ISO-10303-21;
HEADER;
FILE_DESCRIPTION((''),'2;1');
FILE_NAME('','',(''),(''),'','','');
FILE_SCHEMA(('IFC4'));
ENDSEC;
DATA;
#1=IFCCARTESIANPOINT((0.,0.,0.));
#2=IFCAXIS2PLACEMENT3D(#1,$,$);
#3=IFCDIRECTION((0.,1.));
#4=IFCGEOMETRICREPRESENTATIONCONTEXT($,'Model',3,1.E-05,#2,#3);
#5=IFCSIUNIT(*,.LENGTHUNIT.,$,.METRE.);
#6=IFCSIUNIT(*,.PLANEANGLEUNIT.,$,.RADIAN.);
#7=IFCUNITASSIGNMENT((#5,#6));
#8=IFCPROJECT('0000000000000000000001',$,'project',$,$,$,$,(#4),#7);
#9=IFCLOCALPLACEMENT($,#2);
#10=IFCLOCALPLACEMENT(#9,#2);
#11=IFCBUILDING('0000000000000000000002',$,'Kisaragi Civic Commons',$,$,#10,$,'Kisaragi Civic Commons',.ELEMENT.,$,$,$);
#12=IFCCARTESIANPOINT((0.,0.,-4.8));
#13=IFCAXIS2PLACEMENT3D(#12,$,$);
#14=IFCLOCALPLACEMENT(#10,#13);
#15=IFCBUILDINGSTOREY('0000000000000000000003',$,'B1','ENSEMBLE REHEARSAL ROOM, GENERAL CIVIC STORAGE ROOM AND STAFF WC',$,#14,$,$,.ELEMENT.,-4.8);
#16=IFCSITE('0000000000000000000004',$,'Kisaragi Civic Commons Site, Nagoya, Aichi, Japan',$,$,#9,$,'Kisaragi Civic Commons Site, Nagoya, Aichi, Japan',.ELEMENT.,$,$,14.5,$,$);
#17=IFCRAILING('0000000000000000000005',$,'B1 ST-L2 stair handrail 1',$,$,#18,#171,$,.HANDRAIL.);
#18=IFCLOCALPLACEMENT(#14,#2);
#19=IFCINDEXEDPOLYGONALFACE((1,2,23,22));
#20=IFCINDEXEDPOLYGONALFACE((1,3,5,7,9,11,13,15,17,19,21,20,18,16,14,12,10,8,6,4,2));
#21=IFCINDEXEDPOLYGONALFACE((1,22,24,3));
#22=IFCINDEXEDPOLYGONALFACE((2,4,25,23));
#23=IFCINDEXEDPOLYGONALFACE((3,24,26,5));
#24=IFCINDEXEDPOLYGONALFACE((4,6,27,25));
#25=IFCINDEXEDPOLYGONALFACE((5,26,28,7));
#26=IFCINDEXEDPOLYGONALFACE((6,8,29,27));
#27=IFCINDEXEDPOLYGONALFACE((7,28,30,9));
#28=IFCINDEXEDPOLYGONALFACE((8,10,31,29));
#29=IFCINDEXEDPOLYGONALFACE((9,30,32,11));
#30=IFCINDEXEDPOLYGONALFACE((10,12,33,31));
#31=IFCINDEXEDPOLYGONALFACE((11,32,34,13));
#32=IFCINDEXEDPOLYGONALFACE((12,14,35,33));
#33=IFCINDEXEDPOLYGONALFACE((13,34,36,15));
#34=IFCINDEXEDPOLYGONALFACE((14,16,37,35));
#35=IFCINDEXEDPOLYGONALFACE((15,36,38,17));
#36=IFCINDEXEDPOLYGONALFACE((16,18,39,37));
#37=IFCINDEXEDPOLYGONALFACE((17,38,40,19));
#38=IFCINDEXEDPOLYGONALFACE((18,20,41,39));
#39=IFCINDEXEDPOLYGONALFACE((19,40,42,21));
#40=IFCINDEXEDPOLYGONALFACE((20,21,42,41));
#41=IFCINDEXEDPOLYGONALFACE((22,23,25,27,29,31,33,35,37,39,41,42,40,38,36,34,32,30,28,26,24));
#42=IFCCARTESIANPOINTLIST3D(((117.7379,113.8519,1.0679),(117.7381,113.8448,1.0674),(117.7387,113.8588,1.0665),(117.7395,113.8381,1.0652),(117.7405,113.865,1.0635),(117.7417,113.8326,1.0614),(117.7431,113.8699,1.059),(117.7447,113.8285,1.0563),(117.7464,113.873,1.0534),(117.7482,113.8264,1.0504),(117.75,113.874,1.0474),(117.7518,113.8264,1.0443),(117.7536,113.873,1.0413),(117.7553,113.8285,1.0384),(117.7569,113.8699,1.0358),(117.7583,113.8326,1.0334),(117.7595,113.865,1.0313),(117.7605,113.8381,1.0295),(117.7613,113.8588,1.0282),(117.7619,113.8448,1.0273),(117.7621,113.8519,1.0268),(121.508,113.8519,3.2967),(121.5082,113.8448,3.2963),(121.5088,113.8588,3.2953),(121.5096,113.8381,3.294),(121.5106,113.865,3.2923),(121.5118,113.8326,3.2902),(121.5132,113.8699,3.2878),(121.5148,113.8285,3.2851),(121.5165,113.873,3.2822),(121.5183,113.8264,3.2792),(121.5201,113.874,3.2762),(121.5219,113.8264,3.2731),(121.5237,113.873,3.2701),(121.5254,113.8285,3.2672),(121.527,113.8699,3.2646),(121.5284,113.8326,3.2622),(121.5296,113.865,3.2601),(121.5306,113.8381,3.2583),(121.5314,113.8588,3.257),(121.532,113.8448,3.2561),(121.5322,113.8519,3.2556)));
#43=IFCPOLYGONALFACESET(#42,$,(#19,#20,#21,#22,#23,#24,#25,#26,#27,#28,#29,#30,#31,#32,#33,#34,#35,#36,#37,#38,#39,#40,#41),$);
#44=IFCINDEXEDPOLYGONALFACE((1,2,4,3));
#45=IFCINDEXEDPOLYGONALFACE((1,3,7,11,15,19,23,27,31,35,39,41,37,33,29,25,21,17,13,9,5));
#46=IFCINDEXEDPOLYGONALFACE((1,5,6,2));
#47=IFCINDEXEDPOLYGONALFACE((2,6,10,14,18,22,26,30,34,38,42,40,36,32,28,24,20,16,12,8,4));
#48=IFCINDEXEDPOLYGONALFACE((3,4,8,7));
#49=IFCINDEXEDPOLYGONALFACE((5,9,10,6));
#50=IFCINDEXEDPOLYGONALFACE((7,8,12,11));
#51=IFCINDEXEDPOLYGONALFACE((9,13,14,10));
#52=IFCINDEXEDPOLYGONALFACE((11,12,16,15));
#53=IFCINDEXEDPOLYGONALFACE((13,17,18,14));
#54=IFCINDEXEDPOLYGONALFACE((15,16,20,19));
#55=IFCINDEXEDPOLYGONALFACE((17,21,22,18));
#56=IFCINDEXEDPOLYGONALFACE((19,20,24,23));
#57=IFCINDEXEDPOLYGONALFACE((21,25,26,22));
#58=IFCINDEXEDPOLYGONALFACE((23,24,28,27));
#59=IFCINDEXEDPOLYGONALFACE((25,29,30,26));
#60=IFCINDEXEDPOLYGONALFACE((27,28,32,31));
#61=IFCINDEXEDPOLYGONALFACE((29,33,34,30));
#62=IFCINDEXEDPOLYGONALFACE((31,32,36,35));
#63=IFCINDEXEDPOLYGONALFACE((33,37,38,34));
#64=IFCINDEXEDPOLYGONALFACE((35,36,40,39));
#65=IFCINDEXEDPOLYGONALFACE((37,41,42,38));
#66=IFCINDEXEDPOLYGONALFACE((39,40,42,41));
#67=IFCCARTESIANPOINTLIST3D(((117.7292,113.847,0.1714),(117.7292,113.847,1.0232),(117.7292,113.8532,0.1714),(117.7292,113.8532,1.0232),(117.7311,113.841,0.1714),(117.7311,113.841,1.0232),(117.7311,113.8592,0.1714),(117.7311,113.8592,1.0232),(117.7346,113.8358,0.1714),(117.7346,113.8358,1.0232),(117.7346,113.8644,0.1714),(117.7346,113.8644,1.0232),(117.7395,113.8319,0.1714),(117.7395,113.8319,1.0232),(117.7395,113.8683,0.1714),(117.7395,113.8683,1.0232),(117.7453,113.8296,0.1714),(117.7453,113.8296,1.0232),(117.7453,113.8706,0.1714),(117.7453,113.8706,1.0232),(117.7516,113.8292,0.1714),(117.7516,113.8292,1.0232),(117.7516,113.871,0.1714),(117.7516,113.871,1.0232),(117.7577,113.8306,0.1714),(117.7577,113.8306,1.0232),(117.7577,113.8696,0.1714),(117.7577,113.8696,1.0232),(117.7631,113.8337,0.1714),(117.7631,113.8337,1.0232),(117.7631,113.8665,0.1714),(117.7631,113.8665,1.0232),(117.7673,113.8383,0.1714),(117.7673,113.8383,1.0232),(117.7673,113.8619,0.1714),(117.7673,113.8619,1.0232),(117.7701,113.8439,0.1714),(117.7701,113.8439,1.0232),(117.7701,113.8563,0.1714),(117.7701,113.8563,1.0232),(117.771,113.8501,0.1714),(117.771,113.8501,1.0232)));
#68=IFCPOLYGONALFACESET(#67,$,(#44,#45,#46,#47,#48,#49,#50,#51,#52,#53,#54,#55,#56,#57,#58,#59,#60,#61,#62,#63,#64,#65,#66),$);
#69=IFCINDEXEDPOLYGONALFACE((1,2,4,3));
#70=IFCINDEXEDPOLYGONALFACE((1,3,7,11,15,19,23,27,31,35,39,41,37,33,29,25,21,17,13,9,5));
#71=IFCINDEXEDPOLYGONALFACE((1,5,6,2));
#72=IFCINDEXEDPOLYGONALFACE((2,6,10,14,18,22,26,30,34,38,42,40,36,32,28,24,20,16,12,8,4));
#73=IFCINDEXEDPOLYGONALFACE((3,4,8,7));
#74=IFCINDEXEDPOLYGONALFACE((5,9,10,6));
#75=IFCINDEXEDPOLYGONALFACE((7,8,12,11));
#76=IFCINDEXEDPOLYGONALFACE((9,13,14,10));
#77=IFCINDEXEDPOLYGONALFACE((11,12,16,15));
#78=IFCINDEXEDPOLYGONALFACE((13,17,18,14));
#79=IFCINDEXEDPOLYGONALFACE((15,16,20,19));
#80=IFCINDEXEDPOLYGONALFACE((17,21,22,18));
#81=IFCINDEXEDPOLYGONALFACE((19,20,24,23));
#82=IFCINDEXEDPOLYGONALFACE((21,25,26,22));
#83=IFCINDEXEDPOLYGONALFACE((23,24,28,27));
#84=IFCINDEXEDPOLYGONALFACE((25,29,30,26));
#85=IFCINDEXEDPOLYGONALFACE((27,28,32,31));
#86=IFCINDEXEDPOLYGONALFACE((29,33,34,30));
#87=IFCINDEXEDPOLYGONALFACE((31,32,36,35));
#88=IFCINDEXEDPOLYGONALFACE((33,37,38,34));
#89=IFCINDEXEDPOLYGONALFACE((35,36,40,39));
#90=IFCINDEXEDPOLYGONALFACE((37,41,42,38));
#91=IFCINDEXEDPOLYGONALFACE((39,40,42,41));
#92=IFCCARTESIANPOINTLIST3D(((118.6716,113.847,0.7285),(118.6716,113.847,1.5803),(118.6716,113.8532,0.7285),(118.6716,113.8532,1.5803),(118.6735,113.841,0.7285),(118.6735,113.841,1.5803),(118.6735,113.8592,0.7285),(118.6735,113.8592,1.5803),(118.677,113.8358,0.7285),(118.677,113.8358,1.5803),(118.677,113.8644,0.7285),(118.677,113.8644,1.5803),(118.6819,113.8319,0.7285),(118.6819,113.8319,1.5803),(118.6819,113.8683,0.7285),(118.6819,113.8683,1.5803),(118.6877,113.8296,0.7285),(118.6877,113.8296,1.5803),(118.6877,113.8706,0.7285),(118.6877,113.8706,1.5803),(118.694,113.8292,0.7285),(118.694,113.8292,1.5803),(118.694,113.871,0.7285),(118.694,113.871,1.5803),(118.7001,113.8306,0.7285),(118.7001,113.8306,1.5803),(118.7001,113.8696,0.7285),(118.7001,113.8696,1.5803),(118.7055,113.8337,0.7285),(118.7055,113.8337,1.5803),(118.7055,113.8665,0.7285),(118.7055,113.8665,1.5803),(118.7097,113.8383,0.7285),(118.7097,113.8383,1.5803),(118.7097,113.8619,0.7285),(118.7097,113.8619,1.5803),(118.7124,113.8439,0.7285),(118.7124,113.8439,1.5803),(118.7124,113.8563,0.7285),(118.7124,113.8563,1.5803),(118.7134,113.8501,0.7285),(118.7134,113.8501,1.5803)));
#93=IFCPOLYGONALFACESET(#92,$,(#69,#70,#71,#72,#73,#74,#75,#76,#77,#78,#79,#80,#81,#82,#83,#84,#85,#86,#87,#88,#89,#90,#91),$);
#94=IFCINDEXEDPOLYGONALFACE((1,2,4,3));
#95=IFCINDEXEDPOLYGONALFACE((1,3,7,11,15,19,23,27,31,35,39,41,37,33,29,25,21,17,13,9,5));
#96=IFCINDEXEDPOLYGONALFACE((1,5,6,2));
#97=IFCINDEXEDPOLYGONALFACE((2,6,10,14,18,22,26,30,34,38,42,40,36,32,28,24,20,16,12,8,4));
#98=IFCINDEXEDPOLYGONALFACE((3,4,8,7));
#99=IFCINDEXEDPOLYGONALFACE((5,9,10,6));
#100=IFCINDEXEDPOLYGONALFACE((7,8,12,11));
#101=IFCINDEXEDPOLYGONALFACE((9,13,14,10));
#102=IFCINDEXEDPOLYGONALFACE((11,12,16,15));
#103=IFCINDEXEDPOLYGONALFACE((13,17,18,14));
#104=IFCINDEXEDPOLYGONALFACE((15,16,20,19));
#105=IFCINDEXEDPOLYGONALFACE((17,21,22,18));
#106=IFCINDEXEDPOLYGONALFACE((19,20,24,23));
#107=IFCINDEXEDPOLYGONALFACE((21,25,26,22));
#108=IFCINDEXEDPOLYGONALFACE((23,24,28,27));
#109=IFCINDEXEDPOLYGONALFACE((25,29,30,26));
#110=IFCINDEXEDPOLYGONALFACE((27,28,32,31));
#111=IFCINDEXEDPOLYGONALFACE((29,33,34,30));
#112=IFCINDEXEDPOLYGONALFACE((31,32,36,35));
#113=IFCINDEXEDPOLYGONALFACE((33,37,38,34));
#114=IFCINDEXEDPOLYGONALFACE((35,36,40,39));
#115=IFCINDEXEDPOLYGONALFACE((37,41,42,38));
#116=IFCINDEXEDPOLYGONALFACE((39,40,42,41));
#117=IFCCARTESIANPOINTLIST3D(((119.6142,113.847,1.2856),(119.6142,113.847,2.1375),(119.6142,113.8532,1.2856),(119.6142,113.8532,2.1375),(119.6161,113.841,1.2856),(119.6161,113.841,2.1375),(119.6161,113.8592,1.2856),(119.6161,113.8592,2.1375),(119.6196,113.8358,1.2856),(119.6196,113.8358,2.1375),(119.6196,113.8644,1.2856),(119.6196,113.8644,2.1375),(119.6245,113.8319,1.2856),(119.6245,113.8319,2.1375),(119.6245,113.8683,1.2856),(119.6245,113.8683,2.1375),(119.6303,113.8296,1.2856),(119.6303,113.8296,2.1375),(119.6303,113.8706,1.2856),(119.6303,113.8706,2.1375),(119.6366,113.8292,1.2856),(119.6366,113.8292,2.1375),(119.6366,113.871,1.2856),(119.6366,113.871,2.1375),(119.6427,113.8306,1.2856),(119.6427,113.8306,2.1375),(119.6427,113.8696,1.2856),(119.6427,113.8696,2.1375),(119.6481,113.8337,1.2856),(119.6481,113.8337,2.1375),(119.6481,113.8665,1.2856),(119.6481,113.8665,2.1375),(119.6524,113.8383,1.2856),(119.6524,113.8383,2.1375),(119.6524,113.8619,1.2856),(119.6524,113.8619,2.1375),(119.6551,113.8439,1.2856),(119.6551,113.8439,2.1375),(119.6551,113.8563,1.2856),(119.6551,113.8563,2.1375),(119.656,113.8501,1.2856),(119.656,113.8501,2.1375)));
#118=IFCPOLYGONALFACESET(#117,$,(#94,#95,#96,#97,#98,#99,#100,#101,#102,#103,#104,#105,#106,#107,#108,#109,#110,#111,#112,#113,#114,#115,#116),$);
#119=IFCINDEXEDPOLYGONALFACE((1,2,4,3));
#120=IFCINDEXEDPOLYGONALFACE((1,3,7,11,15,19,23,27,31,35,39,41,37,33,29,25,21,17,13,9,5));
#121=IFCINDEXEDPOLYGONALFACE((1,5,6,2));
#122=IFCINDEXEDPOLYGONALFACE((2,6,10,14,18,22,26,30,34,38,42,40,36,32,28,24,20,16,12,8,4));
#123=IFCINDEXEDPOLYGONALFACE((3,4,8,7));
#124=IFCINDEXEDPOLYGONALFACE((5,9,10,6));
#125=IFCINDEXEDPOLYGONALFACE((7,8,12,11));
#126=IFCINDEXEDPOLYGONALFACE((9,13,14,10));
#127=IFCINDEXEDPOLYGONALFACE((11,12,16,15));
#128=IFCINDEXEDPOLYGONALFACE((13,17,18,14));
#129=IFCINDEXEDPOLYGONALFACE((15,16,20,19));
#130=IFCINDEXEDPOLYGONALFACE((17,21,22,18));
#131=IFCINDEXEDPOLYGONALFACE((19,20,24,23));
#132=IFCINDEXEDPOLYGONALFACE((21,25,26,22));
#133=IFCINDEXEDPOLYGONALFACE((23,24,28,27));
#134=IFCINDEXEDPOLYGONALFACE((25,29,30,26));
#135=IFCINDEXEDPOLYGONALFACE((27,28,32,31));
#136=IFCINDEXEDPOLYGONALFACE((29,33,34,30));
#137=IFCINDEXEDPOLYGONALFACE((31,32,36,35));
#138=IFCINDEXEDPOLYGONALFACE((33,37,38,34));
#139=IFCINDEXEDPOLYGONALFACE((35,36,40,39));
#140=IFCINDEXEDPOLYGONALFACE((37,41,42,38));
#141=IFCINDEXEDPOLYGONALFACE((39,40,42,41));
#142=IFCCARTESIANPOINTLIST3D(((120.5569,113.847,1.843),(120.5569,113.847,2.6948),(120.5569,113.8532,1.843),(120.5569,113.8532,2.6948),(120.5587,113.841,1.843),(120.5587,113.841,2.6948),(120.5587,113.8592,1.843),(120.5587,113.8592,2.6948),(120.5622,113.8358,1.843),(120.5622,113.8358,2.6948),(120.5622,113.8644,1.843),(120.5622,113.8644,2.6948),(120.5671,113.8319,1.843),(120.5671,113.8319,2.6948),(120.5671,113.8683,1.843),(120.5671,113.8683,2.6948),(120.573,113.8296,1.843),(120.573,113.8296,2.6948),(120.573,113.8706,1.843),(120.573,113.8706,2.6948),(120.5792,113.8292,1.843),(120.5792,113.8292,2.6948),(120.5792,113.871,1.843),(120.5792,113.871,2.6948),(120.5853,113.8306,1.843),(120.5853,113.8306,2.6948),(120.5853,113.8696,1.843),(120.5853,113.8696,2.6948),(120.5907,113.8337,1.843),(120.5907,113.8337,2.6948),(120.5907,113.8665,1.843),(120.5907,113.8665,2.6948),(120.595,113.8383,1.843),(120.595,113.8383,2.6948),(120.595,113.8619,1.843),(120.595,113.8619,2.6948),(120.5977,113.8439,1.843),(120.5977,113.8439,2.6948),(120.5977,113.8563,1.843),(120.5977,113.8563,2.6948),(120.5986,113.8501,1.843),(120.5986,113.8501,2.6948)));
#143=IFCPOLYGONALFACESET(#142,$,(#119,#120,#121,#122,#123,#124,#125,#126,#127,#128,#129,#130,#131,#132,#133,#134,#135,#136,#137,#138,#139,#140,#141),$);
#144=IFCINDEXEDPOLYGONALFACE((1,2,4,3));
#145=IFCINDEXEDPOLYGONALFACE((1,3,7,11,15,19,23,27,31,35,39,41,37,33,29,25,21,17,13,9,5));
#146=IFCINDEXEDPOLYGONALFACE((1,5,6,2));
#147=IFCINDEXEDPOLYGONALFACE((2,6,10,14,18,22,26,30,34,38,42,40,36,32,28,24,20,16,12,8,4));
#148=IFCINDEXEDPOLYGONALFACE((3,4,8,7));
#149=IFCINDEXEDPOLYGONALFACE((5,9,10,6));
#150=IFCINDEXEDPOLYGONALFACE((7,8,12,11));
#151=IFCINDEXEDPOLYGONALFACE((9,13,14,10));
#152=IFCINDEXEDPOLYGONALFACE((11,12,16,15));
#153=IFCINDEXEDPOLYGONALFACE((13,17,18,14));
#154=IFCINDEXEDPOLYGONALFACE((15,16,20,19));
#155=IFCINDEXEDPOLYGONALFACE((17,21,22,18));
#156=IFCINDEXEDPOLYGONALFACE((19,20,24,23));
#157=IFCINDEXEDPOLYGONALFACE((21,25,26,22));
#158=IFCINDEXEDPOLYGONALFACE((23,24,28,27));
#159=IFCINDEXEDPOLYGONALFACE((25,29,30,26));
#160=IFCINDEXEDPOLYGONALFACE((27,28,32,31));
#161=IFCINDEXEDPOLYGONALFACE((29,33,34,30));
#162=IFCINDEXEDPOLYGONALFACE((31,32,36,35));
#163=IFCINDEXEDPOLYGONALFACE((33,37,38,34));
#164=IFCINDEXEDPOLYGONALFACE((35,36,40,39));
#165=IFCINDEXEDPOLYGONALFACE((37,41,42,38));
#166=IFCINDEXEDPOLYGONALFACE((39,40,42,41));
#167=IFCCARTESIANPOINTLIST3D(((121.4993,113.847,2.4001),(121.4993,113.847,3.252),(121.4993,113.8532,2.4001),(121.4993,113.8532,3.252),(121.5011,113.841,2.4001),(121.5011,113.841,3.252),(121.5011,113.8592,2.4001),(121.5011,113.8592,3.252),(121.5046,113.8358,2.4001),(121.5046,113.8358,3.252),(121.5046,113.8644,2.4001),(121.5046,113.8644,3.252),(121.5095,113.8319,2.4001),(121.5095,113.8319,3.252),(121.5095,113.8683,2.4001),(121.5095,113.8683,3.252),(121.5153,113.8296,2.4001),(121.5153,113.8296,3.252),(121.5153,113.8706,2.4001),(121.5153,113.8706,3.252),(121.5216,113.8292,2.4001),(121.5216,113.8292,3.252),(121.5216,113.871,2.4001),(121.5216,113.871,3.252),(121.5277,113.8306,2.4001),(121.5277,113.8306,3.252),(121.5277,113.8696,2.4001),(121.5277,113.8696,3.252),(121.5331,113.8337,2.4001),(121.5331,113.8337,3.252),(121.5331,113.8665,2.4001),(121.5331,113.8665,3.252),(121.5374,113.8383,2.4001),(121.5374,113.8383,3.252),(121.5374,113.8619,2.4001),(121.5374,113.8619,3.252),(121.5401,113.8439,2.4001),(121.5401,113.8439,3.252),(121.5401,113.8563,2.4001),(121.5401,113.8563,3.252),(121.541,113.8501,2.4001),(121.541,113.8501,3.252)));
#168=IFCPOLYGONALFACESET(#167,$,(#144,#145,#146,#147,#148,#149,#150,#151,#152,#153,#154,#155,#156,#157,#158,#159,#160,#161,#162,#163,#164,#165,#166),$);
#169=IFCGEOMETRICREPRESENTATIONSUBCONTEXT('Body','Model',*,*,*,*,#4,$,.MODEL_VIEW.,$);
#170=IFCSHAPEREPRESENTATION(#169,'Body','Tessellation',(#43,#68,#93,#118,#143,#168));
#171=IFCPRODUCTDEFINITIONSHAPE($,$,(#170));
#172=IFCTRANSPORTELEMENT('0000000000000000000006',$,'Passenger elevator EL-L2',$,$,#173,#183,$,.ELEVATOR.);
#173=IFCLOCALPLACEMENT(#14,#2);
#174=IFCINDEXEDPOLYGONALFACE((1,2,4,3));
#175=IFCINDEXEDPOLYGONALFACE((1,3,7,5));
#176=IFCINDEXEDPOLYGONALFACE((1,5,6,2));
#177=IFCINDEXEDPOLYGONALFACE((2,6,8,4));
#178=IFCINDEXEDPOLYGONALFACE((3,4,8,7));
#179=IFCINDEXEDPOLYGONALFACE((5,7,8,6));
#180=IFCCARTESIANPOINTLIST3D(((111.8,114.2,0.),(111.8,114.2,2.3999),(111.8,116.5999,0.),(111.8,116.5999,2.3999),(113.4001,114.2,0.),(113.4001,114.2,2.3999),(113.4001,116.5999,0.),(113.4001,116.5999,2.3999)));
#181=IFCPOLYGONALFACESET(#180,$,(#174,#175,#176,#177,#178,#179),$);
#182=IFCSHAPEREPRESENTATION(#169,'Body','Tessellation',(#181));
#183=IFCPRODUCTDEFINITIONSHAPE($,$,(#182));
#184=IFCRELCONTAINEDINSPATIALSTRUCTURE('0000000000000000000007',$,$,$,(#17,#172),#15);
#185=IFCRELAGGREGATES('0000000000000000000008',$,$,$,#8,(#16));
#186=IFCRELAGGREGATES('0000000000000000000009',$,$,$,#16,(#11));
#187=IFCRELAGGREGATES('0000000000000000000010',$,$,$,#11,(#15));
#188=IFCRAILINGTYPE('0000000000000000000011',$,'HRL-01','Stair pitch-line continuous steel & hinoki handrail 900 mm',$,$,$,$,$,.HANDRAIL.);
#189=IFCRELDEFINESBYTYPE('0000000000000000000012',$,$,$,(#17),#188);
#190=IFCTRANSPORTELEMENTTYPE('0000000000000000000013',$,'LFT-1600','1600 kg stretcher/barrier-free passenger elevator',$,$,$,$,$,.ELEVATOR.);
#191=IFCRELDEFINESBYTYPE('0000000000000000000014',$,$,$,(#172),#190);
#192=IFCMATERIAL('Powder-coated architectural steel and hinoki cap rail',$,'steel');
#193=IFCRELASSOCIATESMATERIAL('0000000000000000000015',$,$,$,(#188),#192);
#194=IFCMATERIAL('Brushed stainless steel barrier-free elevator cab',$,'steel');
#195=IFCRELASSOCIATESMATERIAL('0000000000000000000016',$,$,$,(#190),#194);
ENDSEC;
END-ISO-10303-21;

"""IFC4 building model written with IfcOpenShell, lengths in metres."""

from ifc_helpers import new_model, si_unit, direction, frame, origin, origin_2d, place, context, subcontext, project, spatial, rectangle, circle, extrude, material, type_object, element, save


model = new_model("IFC4")

# Units and contexts
model_context = context("Model", 3, precision=1e-05, world=origin(), true_north=direction((0.0, 1.0)))
body_context = subcontext(model_context, "Body", "Model", "MODEL_VIEW")
ifc_project = project(units=[si_unit("LENGTHUNIT", "METRE"), si_unit("PLANEANGLEUNIT", "RADIAN")], contexts=[model_context])

# Site, building, storey
site_placement = place(None, origin())
site = spatial("IfcSite", under=ifc_project, at=site_placement, Name="Kisaragi Civic Commons Site, Nagoya, Aichi, Japan", LongName="Kisaragi Civic Commons Site, Nagoya, Aichi, Japan", CompositionType="ELEMENT", RefElevation=14.5)
building_placement = place(site_placement, origin())
building = spatial("IfcBuilding", under=site, at=building_placement, Name="Kisaragi Civic Commons", LongName="Kisaragi Civic Commons", CompositionType="ELEMENT")
storey_placement = place(building_placement, frame((0.0, 0.0, -4.8)))
storey = spatial("IfcBuildingStorey", under=building, at=storey_placement, Name="B1", Description="ENSEMBLE REHEARSAL ROOM, GENERAL CIVIC STORAGE ROOM AND STAFF WC", CompositionType="ELEMENT", Elevation=-4.8)

# Railing
ifc_material_1 = material(Name="Powder-coated architectural steel and hinoki cap rail", Category="steel")
railing_type_1 = type_object("IfcRailingType", Name="HRL-01", Description="Stair pitch-line continuous steel & hinoki handrail 900 mm", PredefinedType="HANDRAIL", material=ifc_material_1)
railing_1_placement = place(storey_placement, frame((117.75, 113.8501, 0.1714)))
element("IfcRailing", 1, at=railing_1_placement, inside=storey, type_object=railing_type_1, Name="B1 ST-L2 stair handrail 1", PredefinedType="HANDRAIL", context=body_context, shape_type="SweptSolid", body=[
    extrude(circle(Radius=0.0239, at=origin_2d()), frame((0.0, 0.0, 0.876), z_axis=(0.860824, 0.0, 0.508902), x_axis=(0.0, 1.0, 0.0)), (0.0, 0.0, 1.0), 4.3796),
    extrude(circle(Radius=0.021, at=origin_2d()), origin(), (0.0, 0.0, 1.0), 0.8518),
    extrude(circle(Radius=0.021, at=origin_2d()), frame((0.9424, 0.0, 0.5571)), (0.0, 0.0, 1.0), 0.8518),
    extrude(circle(Radius=0.021, at=origin_2d()), frame((1.885, 0.0, 1.1143)), (0.0, 0.0, 1.0), 0.8518),
    extrude(circle(Radius=0.021, at=origin_2d()), frame((2.8276, 0.0, 1.6716)), (0.0, 0.0, 1.0), 0.8518),
    extrude(circle(Radius=0.021, at=origin_2d()), frame((3.77, 0.0, 2.2288)), (0.0, 0.0, 1.0), 0.8518),
])

# Transport element
ifc_material_2 = material(Name="Brushed stainless steel barrier-free elevator cab", Category="steel")
transport_element_type = type_object("IfcTransportElementType", Name="LFT-1600", Description="1600 kg stretcher/barrier-free passenger elevator", PredefinedType="ELEVATOR", material=ifc_material_2)
transport_element_placement = place(storey_placement, frame((112.6001, 115.3999, 0.0), z_axis=(0.0, 0.0, 1.0), x_axis=(1.0, 0.0, 0.0)))
element("IfcTransportElement", 2, at=transport_element_placement, inside=storey, type_object=transport_element_type, Name="Passenger elevator EL-L2", PredefinedType="ELEVATOR", context=body_context, shape_type="SweptSolid", body=[
    extrude(rectangle(XDim=1.6001, YDim=2.3999, at=origin_2d()), origin(), (0.0, 0.0, 1.0), 2.3999),
])

save(model, "model.ifc")
